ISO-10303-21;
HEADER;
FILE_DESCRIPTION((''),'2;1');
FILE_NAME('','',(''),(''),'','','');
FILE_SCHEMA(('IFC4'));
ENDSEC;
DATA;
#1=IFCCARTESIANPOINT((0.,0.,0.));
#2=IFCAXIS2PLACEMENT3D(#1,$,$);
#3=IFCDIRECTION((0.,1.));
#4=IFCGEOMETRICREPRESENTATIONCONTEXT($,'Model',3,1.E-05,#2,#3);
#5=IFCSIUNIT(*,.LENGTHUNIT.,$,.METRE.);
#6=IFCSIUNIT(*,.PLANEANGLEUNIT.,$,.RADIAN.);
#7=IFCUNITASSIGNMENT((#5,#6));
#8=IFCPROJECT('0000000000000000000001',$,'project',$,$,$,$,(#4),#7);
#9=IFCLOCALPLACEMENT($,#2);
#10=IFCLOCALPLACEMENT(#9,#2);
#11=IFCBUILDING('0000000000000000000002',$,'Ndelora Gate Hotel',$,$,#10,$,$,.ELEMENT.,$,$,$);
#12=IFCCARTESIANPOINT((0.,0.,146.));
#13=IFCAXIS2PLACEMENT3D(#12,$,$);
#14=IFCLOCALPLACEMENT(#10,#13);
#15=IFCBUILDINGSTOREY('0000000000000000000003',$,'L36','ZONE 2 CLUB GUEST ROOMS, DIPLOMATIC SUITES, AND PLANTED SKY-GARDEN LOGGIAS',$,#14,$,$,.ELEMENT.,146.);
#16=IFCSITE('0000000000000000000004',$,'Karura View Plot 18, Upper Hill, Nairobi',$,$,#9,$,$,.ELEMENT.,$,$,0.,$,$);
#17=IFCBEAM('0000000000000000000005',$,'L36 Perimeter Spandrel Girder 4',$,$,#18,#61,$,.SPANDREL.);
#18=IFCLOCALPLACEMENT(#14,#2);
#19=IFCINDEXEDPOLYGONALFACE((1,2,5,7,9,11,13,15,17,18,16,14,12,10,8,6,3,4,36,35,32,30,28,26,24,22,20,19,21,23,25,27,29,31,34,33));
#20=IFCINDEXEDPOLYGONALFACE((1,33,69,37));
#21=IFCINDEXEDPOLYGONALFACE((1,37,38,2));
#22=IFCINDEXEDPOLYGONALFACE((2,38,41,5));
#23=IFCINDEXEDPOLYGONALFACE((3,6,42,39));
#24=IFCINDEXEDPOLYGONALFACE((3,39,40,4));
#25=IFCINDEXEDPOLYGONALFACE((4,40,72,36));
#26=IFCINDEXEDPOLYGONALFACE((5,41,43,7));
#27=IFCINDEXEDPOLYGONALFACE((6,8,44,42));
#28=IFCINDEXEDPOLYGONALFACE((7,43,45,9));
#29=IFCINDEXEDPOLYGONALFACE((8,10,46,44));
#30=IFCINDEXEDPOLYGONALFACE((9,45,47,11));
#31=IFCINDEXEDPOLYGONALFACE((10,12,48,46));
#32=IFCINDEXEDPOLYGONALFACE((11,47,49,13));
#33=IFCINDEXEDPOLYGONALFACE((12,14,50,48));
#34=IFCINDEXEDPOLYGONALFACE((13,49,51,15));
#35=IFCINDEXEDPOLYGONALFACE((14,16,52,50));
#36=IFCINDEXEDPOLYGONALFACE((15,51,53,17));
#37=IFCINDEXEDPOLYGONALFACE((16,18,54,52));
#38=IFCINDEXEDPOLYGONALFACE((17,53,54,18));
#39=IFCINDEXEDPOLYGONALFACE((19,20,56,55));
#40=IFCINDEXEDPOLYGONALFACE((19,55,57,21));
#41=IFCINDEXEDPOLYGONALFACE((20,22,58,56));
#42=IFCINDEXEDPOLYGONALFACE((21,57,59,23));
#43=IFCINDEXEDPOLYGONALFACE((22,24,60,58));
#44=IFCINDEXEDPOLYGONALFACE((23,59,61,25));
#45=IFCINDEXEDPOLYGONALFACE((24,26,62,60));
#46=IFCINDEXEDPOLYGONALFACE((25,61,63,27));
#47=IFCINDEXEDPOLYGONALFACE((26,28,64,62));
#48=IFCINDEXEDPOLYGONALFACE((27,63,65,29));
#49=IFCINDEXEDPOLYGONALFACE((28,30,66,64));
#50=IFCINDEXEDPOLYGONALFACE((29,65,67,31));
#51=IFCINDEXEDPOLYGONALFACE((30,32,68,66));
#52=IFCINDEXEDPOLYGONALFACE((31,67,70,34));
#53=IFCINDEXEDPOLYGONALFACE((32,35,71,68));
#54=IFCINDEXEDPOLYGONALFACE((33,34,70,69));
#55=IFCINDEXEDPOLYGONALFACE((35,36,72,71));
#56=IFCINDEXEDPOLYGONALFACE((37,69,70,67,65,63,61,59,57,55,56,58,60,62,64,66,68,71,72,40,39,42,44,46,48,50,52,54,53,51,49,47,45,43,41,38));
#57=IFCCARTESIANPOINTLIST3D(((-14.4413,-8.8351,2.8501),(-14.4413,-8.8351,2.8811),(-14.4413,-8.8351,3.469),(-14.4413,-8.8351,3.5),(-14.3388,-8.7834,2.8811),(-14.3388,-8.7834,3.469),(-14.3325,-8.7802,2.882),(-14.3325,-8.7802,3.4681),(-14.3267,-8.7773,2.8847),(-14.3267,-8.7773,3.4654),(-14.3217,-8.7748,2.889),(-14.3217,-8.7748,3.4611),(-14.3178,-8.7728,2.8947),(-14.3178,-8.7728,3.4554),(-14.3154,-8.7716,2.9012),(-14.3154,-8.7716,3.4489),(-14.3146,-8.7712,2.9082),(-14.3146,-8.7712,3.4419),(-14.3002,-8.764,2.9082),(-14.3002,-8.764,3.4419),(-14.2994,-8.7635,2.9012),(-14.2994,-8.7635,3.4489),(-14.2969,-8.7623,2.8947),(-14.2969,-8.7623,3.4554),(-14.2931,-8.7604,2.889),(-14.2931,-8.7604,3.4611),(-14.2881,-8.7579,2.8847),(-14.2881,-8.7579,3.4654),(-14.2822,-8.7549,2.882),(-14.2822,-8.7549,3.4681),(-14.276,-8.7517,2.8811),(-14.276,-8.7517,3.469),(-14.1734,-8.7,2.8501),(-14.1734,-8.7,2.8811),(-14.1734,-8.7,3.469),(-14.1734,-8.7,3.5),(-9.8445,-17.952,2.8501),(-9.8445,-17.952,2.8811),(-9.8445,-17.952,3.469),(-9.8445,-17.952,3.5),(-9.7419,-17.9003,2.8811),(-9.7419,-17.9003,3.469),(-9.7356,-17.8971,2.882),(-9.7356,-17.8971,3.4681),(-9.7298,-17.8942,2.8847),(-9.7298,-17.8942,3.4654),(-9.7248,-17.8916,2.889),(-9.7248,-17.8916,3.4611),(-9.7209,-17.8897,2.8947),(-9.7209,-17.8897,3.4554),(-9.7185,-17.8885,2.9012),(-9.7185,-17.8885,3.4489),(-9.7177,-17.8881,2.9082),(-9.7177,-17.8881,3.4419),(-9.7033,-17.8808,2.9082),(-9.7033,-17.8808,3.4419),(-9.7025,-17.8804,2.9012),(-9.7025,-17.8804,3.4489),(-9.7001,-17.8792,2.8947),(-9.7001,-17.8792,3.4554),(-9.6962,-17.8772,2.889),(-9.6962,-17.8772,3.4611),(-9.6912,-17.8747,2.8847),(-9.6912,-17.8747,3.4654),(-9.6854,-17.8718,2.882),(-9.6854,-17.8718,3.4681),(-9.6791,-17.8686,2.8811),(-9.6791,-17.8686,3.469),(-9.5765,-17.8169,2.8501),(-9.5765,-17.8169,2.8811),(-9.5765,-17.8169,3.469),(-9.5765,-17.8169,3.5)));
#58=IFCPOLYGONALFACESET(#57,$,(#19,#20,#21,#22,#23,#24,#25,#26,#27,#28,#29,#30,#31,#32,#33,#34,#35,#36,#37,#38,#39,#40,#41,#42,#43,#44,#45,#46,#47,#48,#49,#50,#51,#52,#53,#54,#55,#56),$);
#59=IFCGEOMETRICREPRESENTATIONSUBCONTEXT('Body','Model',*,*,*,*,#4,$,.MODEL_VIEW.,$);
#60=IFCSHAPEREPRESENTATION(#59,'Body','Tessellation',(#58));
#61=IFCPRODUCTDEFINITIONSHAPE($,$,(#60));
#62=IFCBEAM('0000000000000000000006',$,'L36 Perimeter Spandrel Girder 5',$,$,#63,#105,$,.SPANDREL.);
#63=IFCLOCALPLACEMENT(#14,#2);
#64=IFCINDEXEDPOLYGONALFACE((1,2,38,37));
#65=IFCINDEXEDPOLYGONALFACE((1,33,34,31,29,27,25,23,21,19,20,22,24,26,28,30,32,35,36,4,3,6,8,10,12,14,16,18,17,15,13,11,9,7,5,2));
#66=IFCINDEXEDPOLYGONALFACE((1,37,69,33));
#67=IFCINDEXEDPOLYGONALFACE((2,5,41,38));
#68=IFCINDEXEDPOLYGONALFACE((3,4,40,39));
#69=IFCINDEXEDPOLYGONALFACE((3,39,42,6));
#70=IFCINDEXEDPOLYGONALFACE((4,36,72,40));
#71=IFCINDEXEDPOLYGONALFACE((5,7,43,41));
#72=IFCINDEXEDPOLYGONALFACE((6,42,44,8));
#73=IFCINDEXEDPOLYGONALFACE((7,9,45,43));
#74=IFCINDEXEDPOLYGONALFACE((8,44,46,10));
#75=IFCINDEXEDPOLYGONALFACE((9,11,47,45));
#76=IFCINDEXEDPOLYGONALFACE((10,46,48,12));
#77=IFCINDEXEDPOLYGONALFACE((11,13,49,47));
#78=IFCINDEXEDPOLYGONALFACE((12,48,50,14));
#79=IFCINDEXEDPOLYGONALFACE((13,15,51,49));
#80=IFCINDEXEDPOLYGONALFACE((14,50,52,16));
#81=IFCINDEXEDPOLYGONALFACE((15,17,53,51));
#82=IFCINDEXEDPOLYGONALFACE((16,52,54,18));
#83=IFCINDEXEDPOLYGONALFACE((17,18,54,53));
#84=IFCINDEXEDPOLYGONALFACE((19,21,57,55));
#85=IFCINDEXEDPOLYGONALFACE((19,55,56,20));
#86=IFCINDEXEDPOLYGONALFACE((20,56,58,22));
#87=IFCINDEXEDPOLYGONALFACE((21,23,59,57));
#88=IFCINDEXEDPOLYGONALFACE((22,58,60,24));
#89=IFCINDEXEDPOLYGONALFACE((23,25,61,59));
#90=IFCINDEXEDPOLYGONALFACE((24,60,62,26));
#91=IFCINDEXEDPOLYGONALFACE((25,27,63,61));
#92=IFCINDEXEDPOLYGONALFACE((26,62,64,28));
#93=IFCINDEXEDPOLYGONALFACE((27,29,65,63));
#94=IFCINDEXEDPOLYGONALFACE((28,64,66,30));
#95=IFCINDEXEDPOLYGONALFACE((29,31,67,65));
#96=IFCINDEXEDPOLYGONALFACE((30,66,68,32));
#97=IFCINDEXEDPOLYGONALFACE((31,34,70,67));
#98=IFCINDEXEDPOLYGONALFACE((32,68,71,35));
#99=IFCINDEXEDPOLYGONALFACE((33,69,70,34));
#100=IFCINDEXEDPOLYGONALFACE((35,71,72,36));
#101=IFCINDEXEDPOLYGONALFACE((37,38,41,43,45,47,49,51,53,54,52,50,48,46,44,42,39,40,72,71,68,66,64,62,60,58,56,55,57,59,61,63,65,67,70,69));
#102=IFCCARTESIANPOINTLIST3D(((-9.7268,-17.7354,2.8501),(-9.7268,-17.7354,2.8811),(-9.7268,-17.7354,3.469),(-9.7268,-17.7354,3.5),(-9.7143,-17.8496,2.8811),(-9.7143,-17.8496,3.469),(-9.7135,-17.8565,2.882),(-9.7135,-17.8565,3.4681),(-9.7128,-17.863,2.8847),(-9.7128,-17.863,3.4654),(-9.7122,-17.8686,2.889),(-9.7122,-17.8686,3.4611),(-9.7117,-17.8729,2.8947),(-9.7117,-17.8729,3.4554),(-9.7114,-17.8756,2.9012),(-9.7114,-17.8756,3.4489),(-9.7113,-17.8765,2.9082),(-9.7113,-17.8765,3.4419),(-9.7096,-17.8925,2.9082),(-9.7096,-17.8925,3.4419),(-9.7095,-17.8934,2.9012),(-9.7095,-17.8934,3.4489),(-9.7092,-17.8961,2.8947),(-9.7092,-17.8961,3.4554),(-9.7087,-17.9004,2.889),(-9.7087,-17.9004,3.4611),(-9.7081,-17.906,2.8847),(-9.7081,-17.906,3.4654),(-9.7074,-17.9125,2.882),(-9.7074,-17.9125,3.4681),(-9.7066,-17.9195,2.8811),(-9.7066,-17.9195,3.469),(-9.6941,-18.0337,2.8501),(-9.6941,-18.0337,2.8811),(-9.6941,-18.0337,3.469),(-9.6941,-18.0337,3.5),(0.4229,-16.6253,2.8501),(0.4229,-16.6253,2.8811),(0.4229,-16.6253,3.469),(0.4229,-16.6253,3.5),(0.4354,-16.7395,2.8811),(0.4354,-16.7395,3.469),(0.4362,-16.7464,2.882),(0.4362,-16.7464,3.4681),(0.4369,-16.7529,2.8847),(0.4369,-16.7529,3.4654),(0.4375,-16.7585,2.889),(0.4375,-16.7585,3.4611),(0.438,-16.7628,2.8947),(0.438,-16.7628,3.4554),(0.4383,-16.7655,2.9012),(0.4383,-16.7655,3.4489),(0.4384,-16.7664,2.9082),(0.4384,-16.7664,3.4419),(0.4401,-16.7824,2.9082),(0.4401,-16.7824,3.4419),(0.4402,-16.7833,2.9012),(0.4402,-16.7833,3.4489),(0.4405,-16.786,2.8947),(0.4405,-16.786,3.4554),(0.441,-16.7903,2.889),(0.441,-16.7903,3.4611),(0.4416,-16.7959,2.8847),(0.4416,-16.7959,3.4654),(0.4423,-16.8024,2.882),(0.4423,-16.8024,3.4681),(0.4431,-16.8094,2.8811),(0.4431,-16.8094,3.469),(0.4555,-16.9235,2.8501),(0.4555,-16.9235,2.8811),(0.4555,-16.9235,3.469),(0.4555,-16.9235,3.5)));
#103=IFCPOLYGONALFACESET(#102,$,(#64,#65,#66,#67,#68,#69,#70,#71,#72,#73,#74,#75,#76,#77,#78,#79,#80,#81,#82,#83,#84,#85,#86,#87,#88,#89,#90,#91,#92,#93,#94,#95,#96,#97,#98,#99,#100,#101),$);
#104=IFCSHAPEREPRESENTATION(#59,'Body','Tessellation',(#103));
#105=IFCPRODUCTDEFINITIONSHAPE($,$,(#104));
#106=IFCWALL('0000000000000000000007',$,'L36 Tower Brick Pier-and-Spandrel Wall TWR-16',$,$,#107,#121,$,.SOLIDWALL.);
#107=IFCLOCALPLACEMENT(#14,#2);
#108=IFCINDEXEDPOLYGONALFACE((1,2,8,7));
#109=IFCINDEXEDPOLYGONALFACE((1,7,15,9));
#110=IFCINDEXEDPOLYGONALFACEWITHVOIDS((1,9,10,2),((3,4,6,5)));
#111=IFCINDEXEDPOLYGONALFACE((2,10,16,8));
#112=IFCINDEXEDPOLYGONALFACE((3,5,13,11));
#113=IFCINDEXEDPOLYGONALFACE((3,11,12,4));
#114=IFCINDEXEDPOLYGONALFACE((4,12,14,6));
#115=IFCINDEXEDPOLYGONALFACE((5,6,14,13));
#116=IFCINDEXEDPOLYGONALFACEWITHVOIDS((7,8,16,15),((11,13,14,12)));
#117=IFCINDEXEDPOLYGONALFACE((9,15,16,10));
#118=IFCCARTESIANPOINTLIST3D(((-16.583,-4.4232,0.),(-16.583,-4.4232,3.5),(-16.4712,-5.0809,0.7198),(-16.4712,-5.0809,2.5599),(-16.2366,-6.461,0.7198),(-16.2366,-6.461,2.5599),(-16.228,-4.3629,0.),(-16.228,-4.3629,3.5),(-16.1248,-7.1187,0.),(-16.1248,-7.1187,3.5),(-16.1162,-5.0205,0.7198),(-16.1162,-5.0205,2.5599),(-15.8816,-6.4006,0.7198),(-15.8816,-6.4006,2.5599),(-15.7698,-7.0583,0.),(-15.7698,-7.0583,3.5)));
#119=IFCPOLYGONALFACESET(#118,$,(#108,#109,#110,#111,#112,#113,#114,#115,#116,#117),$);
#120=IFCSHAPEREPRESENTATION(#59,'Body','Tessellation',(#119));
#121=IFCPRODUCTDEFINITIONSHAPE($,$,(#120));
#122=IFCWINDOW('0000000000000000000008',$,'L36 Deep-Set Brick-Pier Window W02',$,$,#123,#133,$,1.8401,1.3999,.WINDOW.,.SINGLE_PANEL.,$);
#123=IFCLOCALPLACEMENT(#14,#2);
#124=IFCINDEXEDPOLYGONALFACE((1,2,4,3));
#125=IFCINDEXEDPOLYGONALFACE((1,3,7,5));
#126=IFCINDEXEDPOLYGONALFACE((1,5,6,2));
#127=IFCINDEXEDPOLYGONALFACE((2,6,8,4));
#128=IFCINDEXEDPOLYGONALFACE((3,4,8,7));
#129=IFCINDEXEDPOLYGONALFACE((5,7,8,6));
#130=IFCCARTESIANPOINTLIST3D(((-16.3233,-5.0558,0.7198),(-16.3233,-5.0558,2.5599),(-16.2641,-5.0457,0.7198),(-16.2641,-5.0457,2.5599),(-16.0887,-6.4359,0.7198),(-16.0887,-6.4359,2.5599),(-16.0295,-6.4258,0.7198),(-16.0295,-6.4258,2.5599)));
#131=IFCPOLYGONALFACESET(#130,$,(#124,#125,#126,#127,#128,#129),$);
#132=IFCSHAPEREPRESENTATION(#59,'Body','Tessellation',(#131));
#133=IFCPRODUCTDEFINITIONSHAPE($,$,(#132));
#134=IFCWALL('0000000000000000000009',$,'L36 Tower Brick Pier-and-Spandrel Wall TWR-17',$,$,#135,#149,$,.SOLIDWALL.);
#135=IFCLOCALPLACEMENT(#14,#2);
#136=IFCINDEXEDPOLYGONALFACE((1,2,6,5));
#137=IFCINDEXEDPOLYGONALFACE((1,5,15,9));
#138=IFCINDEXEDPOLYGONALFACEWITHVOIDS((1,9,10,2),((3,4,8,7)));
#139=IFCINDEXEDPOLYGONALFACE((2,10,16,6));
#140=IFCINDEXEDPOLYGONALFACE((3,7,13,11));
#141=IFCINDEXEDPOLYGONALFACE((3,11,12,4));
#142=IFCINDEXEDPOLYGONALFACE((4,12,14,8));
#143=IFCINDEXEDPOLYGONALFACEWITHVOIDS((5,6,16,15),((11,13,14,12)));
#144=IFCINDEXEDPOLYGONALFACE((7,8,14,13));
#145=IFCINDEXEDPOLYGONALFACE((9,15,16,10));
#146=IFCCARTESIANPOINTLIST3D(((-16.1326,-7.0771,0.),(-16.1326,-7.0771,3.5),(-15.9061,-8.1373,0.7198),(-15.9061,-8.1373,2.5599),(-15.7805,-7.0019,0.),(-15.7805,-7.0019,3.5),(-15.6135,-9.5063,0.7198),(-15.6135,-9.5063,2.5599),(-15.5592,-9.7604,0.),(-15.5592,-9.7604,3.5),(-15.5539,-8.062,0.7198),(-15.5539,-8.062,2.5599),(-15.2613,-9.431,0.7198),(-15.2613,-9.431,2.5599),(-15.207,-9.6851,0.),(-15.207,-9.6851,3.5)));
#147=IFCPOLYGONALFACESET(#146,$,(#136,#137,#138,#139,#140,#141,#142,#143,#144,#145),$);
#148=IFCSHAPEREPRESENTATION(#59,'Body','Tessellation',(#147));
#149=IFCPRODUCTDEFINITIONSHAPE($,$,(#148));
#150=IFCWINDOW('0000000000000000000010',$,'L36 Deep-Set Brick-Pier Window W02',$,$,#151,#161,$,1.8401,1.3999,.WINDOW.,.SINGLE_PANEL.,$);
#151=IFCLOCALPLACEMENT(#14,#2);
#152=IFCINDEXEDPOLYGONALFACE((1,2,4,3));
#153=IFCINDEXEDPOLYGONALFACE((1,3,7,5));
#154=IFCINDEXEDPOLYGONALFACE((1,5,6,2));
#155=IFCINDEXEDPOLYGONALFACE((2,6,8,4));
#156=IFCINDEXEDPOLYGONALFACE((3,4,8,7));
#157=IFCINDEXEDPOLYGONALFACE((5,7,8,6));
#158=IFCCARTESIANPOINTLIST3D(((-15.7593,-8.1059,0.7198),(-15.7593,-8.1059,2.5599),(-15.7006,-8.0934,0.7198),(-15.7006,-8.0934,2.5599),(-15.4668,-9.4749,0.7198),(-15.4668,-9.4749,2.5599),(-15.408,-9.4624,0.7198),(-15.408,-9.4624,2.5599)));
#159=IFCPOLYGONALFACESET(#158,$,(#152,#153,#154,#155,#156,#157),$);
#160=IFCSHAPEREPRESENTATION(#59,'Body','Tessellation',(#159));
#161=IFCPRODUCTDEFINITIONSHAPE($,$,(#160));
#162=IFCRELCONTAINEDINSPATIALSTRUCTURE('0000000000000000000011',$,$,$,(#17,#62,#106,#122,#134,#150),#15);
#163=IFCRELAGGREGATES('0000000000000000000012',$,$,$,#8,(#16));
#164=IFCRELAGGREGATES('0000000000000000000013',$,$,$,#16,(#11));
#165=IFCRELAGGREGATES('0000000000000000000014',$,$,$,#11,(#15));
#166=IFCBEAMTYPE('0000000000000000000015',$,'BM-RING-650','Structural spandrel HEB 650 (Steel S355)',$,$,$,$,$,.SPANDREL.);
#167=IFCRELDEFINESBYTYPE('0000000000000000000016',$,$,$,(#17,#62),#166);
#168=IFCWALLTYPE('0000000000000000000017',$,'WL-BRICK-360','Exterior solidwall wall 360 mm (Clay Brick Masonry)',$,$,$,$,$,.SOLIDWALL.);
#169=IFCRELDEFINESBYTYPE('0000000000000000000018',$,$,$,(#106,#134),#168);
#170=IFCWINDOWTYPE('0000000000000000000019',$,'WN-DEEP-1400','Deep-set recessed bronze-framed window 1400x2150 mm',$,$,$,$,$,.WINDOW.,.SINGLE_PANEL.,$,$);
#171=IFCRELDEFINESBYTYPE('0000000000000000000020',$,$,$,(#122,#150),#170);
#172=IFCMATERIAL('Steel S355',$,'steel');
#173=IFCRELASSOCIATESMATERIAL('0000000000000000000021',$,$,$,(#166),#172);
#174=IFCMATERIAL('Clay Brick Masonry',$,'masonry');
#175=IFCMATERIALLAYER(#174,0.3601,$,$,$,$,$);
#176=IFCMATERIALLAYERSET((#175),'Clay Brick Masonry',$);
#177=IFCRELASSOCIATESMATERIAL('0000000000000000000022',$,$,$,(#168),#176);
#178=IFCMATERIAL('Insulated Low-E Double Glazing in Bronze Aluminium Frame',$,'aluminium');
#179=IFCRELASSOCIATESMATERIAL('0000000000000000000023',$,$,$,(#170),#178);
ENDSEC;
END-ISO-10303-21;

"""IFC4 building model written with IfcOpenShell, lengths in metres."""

from ifc_helpers import new_model, si_unit, direction, frame, frame_2d, origin, origin_2d, place, context, subcontext, project, spatial, rectangle, i_section, extrude, material, layer, layer_set, material_profile, profile_set, type_object, element, fill, save


model = new_model("IFC4")

# Units and contexts
model_context = context("Model", 3, precision=1e-05, world=origin(), true_north=direction((0.0, 1.0)))
body_context = subcontext(model_context, "Body", "Model", "MODEL_VIEW")
ifc_project = project(units=[si_unit("LENGTHUNIT", "METRE"), si_unit("PLANEANGLEUNIT", "RADIAN")], contexts=[model_context])

# Site, building, storey
site_placement = place(None, origin())
site = spatial("IfcSite", under=ifc_project, at=site_placement, Name="Karura View Plot 18, Upper Hill, Nairobi", CompositionType="ELEMENT", RefElevation=0.0)
building_placement = place(site_placement, origin())
building = spatial("IfcBuilding", under=site, at=building_placement, Name="Ndelora Gate Hotel", CompositionType="ELEMENT")
storey_placement = place(building_placement, frame((0.0, 0.0, 146.0)))
storey = spatial("IfcBuildingStorey", under=building, at=storey_placement, Name="L36", Description="ZONE 2 CLUB GUEST ROOMS, DIPLOMATIC SUITES, AND PLANTED SKY-GARDEN LOGGIAS", CompositionType="ELEMENT", Elevation=146.0)

# Beams
ifc_material_1 = material(Name="Steel S355", Category="steel")
ifc_material_profile_1 = material_profile(ifc_material_1, i_section(OverallWidth=0.3, OverallDepth=0.6499, WebThickness=0.0161, FlangeThickness=0.031, FilletRadius=0.0271, at=origin_2d()), Name="HEB 650")
ifc_profile_set_1 = profile_set([ifc_material_profile_1], Name="Steel S355")
beam_type_1 = type_object("IfcBeamType", Name="BM-RING-650", Description="Structural spandrel HEB 650 (Steel S355)", PredefinedType="SPANDREL", material=ifc_profile_set_1)
for number, where, z_axis, x_axis, name in (
    (1, (-14.3074, -8.7676, 3.175), (0.450224, -0.892916, 0.0), (0.892916, 0.450224, 0.0), "L36 Perimeter Spandrel Girder 4"),
    (2, (-9.7104, -17.8845, 3.175), (0.994072, 0.108725, 0.0), (-0.108725, 0.994072, 0.0), "L36 Perimeter Spandrel Girder 5"),
):
    element("IfcBeam", number, at=place(storey_placement, frame(where, z_axis=z_axis, x_axis=x_axis)), inside=storey, type_object=beam_type_1, Name=name, PredefinedType="SPANDREL", context=body_context, shape_type="SweptSolid", body=[
        extrude(i_section(OverallWidth=0.3, OverallDepth=0.6499, WebThickness=0.0161, FlangeThickness=0.031, FilletRadius=0.0271, at=origin_2d()), origin(), (0.0, 0.0, 1.0), 10.2102),
    ])

# Walls, openings, windows
ifc_material_2 = material(Name="Clay Brick Masonry", Category="masonry")
ifc_layer_1 = layer(ifc_material_2, 0.3601)
ifc_layer_set_1 = layer_set([ifc_layer_1], Name="Clay Brick Masonry")
wall_type = type_object("IfcWallType", Name="WL-BRICK-360", Description="Exterior solidwall wall 360 mm (Clay Brick Masonry)", PredefinedType="SOLIDWALL", material=ifc_layer_set_1)
wall_1_placement = place(storey_placement, frame((-15.9473, -7.0886, 0.0), z_axis=(0.0, 0.0, 1.0), x_axis=(-0.167598, 0.985855, 0.0)))
wall_1 = element("IfcWall", 3, at=wall_1_placement, inside=storey, type_object=wall_type, Name="L36 Tower Brick Pier-and-Spandrel Wall TWR-16", PredefinedType="SOLIDWALL", context=body_context, shape_type="SweptSolid", body=[
    extrude(rectangle(XDim=2.7341, YDim=0.3601, at=frame_2d((1.3672, 0.0))), origin(), (0.0, 0.0, 1.0), 3.5),
])
opening_1_placement = place(wall_1_placement, frame((0.6672, 0.0, 0.72)))
opening_1 = element("IfcOpeningElement", 4, at=opening_1_placement, cuts=wall_1, PredefinedType="OPENING", context=body_context, shape_type="SweptSolid", body=[
    extrude(rectangle(XDim=1.3999, YDim=1.8401, at=frame_2d((0.7, 0.9199))), frame((0.0, 0.1899, 0.0), z_axis=(0.0, -1.0, 0.0), x_axis=(1.0, 0.0, 0.0)), (0.0, 0.0, 1.0), 0.3801),
])
ifc_material_3 = material(Name="Insulated Low-E Double Glazing in Bronze Aluminium Frame", Category="aluminium")
window_type_1 = type_object("IfcWindowType", Name="WN-DEEP-1400", Description="Deep-set recessed bronze-framed window 1400x2150 mm", PartitioningType="SINGLE_PANEL", PredefinedType="WINDOW", material=ifc_material_3)
window_1_placement = place(opening_1_placement, origin())
window_1 = element("IfcWindow", 5, at=window_1_placement, inside=storey, type_object=window_type_1, Name="L36 Deep-Set Brick-Pier Window W02", OverallHeight=1.8401, OverallWidth=1.3999, PartitioningType="SINGLE_PANEL", PredefinedType="WINDOW", context=body_context, shape_type="SweptSolid", body=[
    extrude(rectangle(XDim=1.3999, YDim=1.8401, at=frame_2d((0.7, 0.9199))), frame((0.0, 0.03, 0.0), z_axis=(0.0, -1.0, 0.0), x_axis=(1.0, 0.0, 0.0)), (0.0, 0.0, 1.0), 0.0601),
])
fill(opening_1, window_1)
wall_2_placement = place(storey_placement, frame((-15.3831, -9.7229, 0.0), z_axis=(0.0, 0.0, 1.0), x_axis=(-0.209, 0.977916, 0.0)))
wall_2 = element("IfcWall", 6, at=wall_2_placement, inside=storey, type_object=wall_type, Name="L36 Tower Brick Pier-and-Spandrel Wall TWR-17", PredefinedType="SOLIDWALL", context=body_context, shape_type="SweptSolid", body=[
    extrude(rectangle(XDim=2.7439, YDim=0.3601, at=frame_2d((1.3721, 0.0))), origin(), (0.0, 0.0, 1.0), 3.5),
])
opening_2_placement = place(wall_2_placement, frame((0.26, 0.0, 0.72)))
opening_2 = element("IfcOpeningElement", 7, at=opening_2_placement, cuts=wall_2, PredefinedType="OPENING", context=body_context, shape_type="SweptSolid", body=[
    extrude(rectangle(XDim=1.3999, YDim=1.8401, at=frame_2d((0.7, 0.9199))), frame((0.0, 0.1899, 0.0), z_axis=(0.0, -1.0, 0.0), x_axis=(1.0, 0.0, 0.0)), (0.0, 0.0, 1.0), 0.3801),
])
window_2_placement = place(opening_2_placement, origin())
window_2 = element("IfcWindow", 8, at=window_2_placement, inside=storey, type_object=window_type_1, Name="L36 Deep-Set Brick-Pier Window W02", OverallHeight=1.8401, OverallWidth=1.3999, PartitioningType="SINGLE_PANEL", PredefinedType="WINDOW", context=body_context, shape_type="SweptSolid", body=[
    extrude(rectangle(XDim=1.3999, YDim=1.8401, at=frame_2d((0.7, 0.9199))), frame((0.0, 0.03, 0.0), z_axis=(0.0, -1.0, 0.0), x_axis=(1.0, 0.0, 0.0)), (0.0, 0.0, 1.0), 0.0601),
])
fill(opening_2, window_2)

save(model, "model.ifc")
